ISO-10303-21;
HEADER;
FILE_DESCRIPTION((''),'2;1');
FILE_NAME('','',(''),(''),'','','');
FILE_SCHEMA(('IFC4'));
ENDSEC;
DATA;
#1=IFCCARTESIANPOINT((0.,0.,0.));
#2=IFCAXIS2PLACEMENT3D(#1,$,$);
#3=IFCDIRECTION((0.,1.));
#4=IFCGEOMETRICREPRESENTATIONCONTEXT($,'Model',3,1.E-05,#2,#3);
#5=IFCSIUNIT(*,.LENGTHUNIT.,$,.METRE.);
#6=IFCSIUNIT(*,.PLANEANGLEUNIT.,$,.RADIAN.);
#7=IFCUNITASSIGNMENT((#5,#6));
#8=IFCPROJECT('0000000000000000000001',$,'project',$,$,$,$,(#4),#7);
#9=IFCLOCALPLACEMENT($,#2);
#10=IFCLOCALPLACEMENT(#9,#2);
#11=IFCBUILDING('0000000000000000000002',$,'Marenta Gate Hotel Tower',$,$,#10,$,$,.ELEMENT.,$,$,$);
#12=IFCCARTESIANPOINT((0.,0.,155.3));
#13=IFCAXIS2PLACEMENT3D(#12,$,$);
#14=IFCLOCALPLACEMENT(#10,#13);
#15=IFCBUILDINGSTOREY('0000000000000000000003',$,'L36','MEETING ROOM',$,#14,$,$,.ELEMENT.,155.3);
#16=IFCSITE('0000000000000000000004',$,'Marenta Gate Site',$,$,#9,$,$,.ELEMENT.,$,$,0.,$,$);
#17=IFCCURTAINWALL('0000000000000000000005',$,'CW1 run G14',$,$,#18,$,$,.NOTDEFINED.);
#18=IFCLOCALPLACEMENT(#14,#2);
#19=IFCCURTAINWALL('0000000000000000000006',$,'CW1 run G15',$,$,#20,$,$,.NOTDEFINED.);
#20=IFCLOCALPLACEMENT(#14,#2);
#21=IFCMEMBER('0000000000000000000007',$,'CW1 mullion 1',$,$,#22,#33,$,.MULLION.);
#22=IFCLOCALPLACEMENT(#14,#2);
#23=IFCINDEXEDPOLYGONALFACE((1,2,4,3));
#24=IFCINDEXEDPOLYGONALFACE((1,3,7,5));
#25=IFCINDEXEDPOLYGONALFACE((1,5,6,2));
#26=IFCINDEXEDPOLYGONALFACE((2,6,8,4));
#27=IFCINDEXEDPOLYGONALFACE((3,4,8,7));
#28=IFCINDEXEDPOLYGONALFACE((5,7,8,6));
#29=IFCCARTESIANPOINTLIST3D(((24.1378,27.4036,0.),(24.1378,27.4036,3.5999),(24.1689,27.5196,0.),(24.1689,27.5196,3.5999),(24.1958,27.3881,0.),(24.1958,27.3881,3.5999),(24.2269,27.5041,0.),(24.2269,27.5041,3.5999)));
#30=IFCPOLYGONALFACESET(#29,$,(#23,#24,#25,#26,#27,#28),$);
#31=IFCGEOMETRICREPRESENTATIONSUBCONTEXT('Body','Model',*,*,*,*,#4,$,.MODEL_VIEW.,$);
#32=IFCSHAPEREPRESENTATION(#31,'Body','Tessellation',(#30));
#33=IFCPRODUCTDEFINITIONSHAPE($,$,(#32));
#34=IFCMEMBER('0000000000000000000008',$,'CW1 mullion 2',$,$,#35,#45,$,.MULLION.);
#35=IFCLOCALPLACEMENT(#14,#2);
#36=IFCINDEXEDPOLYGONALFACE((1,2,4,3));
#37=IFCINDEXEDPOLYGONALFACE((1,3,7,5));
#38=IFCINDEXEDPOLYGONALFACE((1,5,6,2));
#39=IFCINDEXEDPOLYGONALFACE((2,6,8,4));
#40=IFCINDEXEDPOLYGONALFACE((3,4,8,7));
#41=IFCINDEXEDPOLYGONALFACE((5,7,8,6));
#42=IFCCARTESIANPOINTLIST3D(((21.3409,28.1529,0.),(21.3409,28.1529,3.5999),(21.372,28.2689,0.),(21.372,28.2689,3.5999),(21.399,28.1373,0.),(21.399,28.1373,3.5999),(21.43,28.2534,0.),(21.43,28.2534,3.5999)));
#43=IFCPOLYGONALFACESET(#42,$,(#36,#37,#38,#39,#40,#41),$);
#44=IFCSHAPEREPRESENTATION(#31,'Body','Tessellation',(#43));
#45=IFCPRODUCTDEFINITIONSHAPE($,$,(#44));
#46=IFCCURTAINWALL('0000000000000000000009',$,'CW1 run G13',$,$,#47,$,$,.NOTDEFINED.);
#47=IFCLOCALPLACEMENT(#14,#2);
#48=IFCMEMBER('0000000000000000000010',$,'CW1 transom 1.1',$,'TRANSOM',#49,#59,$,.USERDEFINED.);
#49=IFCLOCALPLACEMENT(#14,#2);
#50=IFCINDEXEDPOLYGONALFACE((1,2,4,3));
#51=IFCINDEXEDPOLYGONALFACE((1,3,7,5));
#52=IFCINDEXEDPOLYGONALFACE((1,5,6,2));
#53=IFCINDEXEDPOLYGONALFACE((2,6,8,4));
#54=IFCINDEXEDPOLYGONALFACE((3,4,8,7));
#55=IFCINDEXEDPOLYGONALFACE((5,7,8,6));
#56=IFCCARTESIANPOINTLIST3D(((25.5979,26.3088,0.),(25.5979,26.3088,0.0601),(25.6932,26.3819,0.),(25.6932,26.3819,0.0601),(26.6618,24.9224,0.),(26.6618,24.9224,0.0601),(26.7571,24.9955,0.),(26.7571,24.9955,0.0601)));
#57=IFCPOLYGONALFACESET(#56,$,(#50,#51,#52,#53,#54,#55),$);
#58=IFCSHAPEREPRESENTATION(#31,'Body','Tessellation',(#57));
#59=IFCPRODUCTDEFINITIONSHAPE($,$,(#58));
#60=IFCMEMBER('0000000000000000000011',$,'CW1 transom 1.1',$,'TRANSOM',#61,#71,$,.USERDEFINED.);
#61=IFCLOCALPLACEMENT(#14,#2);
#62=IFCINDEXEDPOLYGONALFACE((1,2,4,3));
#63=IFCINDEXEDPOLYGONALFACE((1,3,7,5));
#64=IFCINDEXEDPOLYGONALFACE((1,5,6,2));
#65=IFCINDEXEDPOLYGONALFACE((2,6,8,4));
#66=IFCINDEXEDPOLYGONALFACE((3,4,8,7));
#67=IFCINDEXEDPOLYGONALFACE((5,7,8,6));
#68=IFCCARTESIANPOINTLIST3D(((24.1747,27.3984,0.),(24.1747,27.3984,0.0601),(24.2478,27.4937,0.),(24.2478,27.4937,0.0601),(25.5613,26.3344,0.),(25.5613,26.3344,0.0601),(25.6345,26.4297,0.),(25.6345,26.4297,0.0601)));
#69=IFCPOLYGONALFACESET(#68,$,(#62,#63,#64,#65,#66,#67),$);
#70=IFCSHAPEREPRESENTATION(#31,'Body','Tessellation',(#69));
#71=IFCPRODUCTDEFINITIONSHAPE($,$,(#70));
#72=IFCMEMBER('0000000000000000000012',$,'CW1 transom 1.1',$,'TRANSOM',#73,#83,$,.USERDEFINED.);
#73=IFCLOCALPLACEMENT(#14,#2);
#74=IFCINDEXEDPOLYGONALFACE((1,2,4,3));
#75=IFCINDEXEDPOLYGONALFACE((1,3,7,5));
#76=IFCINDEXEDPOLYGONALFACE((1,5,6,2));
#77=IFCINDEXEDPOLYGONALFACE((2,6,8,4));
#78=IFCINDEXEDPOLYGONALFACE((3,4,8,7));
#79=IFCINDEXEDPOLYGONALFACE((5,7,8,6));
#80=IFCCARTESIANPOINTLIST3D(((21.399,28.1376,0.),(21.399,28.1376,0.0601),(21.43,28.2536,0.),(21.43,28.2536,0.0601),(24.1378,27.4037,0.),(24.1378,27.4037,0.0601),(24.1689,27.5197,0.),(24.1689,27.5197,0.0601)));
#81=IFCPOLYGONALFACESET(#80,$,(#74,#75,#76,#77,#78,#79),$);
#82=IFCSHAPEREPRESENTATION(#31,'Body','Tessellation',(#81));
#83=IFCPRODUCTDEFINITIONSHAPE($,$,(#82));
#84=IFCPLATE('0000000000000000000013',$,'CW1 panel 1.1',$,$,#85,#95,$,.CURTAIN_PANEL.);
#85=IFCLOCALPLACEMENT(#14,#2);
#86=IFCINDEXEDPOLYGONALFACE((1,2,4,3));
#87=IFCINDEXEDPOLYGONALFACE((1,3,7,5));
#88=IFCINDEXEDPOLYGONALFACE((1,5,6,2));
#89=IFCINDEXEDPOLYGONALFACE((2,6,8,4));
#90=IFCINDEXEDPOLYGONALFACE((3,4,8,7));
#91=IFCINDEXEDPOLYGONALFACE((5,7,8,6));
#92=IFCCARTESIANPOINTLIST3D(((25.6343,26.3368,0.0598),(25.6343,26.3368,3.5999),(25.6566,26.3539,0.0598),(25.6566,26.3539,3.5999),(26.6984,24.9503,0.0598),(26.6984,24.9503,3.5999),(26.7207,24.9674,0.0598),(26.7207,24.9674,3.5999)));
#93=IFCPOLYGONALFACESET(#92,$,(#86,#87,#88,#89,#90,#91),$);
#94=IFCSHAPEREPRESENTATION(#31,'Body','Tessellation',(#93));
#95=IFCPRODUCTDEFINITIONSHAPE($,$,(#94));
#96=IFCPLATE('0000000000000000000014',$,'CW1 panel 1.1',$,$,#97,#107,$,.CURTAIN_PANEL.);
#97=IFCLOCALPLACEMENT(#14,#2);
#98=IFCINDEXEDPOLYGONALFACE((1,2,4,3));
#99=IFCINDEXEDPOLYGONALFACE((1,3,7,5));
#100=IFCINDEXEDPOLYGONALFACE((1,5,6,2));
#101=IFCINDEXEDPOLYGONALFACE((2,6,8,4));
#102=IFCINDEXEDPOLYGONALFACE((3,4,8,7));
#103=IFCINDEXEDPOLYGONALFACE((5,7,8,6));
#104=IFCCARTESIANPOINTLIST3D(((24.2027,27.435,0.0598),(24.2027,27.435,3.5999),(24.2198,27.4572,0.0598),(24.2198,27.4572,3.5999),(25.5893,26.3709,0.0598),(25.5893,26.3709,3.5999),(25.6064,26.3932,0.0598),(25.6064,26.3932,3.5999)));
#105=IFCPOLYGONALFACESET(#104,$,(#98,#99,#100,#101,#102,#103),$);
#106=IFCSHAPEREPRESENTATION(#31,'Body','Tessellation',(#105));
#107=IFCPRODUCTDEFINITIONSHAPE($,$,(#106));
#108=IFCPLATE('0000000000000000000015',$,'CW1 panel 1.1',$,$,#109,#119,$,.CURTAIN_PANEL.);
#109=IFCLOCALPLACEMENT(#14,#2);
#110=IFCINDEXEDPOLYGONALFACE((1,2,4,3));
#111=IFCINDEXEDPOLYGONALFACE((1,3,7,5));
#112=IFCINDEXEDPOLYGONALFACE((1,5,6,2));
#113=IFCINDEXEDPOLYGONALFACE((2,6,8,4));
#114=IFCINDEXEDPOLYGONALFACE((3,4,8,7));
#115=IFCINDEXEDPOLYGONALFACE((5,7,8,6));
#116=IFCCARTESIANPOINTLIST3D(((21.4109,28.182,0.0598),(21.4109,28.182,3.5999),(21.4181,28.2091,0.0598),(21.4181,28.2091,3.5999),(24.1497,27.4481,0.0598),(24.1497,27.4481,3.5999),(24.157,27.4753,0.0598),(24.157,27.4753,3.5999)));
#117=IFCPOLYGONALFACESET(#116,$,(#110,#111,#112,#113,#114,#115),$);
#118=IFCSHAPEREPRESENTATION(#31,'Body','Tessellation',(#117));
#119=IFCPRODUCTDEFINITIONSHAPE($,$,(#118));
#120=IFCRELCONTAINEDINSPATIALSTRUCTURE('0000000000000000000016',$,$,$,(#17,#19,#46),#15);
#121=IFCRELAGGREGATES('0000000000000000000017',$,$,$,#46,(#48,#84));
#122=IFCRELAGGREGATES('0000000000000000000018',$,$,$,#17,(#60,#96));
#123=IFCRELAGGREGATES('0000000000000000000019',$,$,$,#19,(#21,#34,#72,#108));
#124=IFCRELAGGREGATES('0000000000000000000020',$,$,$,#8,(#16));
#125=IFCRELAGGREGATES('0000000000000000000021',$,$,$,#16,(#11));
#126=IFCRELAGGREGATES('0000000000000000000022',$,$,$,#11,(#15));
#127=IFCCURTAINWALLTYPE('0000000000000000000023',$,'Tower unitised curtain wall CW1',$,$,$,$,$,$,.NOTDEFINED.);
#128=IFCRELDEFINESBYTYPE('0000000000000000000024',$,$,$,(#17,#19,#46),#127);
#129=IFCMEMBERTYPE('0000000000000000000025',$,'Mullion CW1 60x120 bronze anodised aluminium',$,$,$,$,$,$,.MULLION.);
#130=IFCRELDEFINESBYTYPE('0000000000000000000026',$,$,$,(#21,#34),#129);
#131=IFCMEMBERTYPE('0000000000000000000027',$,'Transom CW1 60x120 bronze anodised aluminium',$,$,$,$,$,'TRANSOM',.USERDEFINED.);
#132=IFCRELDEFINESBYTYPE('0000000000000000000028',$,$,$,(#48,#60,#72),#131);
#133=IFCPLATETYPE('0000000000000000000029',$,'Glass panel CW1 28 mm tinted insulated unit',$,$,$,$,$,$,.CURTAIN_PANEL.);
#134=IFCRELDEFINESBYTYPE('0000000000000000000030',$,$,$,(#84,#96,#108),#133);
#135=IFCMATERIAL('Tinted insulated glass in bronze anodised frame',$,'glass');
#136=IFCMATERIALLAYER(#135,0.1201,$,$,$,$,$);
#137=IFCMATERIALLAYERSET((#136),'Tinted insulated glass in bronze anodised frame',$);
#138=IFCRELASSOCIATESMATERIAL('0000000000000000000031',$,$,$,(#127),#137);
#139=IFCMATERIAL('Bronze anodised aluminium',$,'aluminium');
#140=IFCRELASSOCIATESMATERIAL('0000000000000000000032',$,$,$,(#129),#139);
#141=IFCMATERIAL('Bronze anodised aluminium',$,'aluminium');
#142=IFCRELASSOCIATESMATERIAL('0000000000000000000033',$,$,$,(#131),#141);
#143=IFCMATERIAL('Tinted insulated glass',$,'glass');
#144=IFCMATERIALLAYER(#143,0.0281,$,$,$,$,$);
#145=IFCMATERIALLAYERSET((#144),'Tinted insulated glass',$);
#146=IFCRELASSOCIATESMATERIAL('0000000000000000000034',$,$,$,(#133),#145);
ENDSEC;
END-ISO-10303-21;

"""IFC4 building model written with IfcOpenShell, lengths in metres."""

from ifc_helpers import new_model, si_unit, direction, frame, origin, origin_2d, place, context, subcontext, project, spatial, rectangle, extrude, material, layer, layer_set, material_profile, profile_set, type_object, element, aggregate, save


model = new_model("IFC4")

# Units and contexts
model_context = context("Model", 3, precision=1e-05, world=origin(), true_north=direction((0.0, 1.0)))
body_context = subcontext(model_context, "Body", "Model", "MODEL_VIEW")
ifc_project = project(units=[si_unit("LENGTHUNIT", "METRE"), si_unit("PLANEANGLEUNIT", "RADIAN")], contexts=[model_context])

# Site, building, storey
site_placement = place(None, origin())
site = spatial("IfcSite", under=ifc_project, at=site_placement, Name="Marenta Gate Site", CompositionType="ELEMENT", RefElevation=0.0)
building_placement = place(site_placement, origin())
building = spatial("IfcBuilding", under=site, at=building_placement, Name="Marenta Gate Hotel Tower", CompositionType="ELEMENT")
storey_placement = place(building_placement, frame((0.0, 0.0, 155.3)))
storey = spatial("IfcBuildingStorey", under=building, at=storey_placement, Name="L36", Description="MEETING ROOM", CompositionType="ELEMENT", Elevation=155.3)

# Curtain wall
ifc_material_1 = material(Name="Tinted insulated glass in bronze anodised frame", Category="glass")
ifc_layer_1 = layer(ifc_material_1, 0.1201)
ifc_layer_set_1 = layer_set([ifc_layer_1], Name="Tinted insulated glass in bronze anodised frame")
curtain_wall_type = type_object("IfcCurtainWallType", Name="Tower unitised curtain wall CW1", PredefinedType="NOTDEFINED", material=ifc_layer_set_1)
curtain_wall_1_placement = place(storey_placement, origin())
curtain_wall_1 = element("IfcCurtainWall", 1, at=curtain_wall_1_placement, inside=storey, type_object=curtain_wall_type, Name="CW1 run G14", PredefinedType="NOTDEFINED")
ifc_material_2 = material(Name="Bronze anodised aluminium", Category="aluminium")
ifc_material_profile_1 = material_profile(ifc_material_2, rectangle(XDim=0.1201, YDim=0.0601, at=origin_2d()), Name="Mullion CW1 60x120 bronze anodised aluminium")
ifc_profile_set_1 = profile_set([ifc_material_profile_1], Name="Bronze anodised aluminium")
member_type_1 = type_object("IfcMemberType", Name="Mullion CW1 60x120 bronze anodised aluminium", PredefinedType="MULLION", material=ifc_profile_set_1)

# Curtain wall, members
curtain_wall_2_placement = place(storey_placement, origin())
curtain_wall_2 = element("IfcCurtainWall", 2, at=curtain_wall_2_placement, inside=storey, type_object=curtain_wall_type, Name="CW1 run G15", PredefinedType="NOTDEFINED")
member_1_placement = place(storey_placement, frame((24.1824, 27.4539, 0.0), z_axis=(0.0, 0.0, 1.0), x_axis=(-0.258806, -0.965929, 0.0)))
member_1 = element("IfcMember", 3, at=member_1_placement, type_object=member_type_1, Name="CW1 mullion 1", PredefinedType="MULLION", context=body_context, shape_type="SweptSolid", body=[
    extrude(rectangle(XDim=0.1201, YDim=0.0601, at=origin_2d()), origin(), (0.0, 0.0, 1.0), 3.5999),
])
member_2_placement = place(storey_placement, frame((21.3855, 28.2031, 0.0), z_axis=(0.0, 0.0, 1.0), x_axis=(-0.258806, -0.965929, 0.0)))
member_2 = element("IfcMember", 4, at=member_2_placement, type_object=member_type_1, Name="CW1 mullion 2", PredefinedType="MULLION", context=body_context, shape_type="SweptSolid", body=[
    extrude(rectangle(XDim=0.1201, YDim=0.0601, at=origin_2d()), origin(), (0.0, 0.0, 1.0), 3.5999),
])

# Curtain wall, member
curtain_wall_3_placement = place(storey_placement, origin())
curtain_wall_3 = element("IfcCurtainWall", 5, at=curtain_wall_3_placement, inside=storey, type_object=curtain_wall_type, Name="CW1 run G13", PredefinedType="NOTDEFINED")
ifc_material_3 = material(Name="Bronze anodised aluminium", Category="aluminium")
ifc_material_profile_2 = material_profile(ifc_material_3, rectangle(XDim=0.1201, YDim=0.0601, at=origin_2d()), Name="Transom CW1 60x120 bronze anodised aluminium")
ifc_profile_set_2 = profile_set([ifc_material_profile_2], Name="Bronze anodised aluminium")
member_type_2 = type_object("IfcMemberType", Name="Transom CW1 60x120 bronze anodised aluminium", ElementType="TRANSOM", PredefinedType="USERDEFINED", material=ifc_profile_set_2)
member_3_placement = place(storey_placement, frame((26.7095, 24.959, 0.03), z_axis=(-0.608792, 0.79333, 0.0), x_axis=(-0.79333, -0.608792, 0.0)))
member_3 = element("IfcMember", 6, at=member_3_placement, type_object=member_type_2, Name="CW1 transom 1.1", ObjectType="TRANSOM", PredefinedType="USERDEFINED", context=body_context, shape_type="SweptSolid", body=[
    extrude(rectangle(XDim=0.1201, YDim=0.0601, at=origin_2d()), origin(), (0.0, 0.0, 1.0), 1.7476),
])

# Members
member_4_placement = place(storey_placement, frame((25.5979, 26.3821, 0.03), z_axis=(-0.793381, 0.608725, 0.0), x_axis=(-0.608725, -0.793381, 0.0)))
member_4 = element("IfcMember", 7, at=member_4_placement, type_object=member_type_2, Name="CW1 transom 1.1", ObjectType="TRANSOM", PredefinedType="USERDEFINED", context=body_context, shape_type="SweptSolid", body=[
    extrude(rectangle(XDim=0.1201, YDim=0.0601, at=origin_2d()), origin(), (0.0, 0.0, 1.0), 1.7478),
])
member_5_placement = place(storey_placement, frame((24.1533, 27.4617, 0.03), z_axis=(-0.965923, 0.258831, 0.0), x_axis=(-0.258831, -0.965923, 0.0)))
member_5 = element("IfcMember", 8, at=member_5_placement, type_object=member_type_2, Name="CW1 transom 1.1", ObjectType="TRANSOM", PredefinedType="USERDEFINED", context=body_context, shape_type="SweptSolid", body=[
    extrude(rectangle(XDim=0.1201, YDim=0.0601, at=origin_2d()), origin(), (0.0, 0.0, 1.0), 2.8354),
])

# Plates
ifc_material_4 = material(Name="Tinted insulated glass", Category="glass")
ifc_layer_2 = layer(ifc_material_4, 0.0281)
ifc_layer_set_2 = layer_set([ifc_layer_2], Name="Tinted insulated glass")
plate_type = type_object("IfcPlateType", Name="Glass panel CW1 28 mm tinted insulated unit", PredefinedType="CURTAIN_PANEL", material=ifc_layer_set_2)
plate_1_placement = place(storey_placement, frame((26.1775, 25.6521, 0.0598), z_axis=(0.0, 0.0, 1.0), x_axis=(-0.608796, 0.793327, 0.0)))
plate_1 = element("IfcPlate", 9, at=plate_1_placement, type_object=plate_type, Name="CW1 panel 1.1", PredefinedType="CURTAIN_PANEL", context=body_context, shape_type="SweptSolid", body=[
    extrude(rectangle(XDim=1.7478, YDim=0.0281, at=origin_2d()), origin(), (0.0, 0.0, 1.0), 3.54),
])
aggregate(curtain_wall_3, [member_3, plate_1])
plate_2_placement = place(storey_placement, frame((24.9045, 26.9141, 0.0598), z_axis=(0.0, 0.0, 1.0), x_axis=(-0.793327, 0.608796, 0.0)))
plate_2 = element("IfcPlate", 10, at=plate_2_placement, type_object=plate_type, Name="CW1 panel 1.1", PredefinedType="CURTAIN_PANEL", context=body_context, shape_type="SweptSolid", body=[
    extrude(rectangle(XDim=1.7478, YDim=0.0281, at=origin_2d()), origin(), (0.0, 0.0, 1.0), 3.54),
])
aggregate(curtain_wall_1, [member_4, plate_2])
plate_3_placement = place(storey_placement, frame((22.7839, 27.8286, 0.0598), z_axis=(0.0, 0.0, 1.0), x_axis=(-0.965929, 0.258806, 0.0)))
plate_3 = element("IfcPlate", 11, at=plate_3_placement, type_object=plate_type, Name="CW1 panel 1.1", PredefinedType="CURTAIN_PANEL", context=body_context, shape_type="SweptSolid", body=[
    extrude(rectangle(XDim=2.8354, YDim=0.0281, at=origin_2d()), origin(), (0.0, 0.0, 1.0), 3.54),
])
aggregate(curtain_wall_2, [member_1, member_2, member_5, plate_3])

save(model, "model.ifc")
